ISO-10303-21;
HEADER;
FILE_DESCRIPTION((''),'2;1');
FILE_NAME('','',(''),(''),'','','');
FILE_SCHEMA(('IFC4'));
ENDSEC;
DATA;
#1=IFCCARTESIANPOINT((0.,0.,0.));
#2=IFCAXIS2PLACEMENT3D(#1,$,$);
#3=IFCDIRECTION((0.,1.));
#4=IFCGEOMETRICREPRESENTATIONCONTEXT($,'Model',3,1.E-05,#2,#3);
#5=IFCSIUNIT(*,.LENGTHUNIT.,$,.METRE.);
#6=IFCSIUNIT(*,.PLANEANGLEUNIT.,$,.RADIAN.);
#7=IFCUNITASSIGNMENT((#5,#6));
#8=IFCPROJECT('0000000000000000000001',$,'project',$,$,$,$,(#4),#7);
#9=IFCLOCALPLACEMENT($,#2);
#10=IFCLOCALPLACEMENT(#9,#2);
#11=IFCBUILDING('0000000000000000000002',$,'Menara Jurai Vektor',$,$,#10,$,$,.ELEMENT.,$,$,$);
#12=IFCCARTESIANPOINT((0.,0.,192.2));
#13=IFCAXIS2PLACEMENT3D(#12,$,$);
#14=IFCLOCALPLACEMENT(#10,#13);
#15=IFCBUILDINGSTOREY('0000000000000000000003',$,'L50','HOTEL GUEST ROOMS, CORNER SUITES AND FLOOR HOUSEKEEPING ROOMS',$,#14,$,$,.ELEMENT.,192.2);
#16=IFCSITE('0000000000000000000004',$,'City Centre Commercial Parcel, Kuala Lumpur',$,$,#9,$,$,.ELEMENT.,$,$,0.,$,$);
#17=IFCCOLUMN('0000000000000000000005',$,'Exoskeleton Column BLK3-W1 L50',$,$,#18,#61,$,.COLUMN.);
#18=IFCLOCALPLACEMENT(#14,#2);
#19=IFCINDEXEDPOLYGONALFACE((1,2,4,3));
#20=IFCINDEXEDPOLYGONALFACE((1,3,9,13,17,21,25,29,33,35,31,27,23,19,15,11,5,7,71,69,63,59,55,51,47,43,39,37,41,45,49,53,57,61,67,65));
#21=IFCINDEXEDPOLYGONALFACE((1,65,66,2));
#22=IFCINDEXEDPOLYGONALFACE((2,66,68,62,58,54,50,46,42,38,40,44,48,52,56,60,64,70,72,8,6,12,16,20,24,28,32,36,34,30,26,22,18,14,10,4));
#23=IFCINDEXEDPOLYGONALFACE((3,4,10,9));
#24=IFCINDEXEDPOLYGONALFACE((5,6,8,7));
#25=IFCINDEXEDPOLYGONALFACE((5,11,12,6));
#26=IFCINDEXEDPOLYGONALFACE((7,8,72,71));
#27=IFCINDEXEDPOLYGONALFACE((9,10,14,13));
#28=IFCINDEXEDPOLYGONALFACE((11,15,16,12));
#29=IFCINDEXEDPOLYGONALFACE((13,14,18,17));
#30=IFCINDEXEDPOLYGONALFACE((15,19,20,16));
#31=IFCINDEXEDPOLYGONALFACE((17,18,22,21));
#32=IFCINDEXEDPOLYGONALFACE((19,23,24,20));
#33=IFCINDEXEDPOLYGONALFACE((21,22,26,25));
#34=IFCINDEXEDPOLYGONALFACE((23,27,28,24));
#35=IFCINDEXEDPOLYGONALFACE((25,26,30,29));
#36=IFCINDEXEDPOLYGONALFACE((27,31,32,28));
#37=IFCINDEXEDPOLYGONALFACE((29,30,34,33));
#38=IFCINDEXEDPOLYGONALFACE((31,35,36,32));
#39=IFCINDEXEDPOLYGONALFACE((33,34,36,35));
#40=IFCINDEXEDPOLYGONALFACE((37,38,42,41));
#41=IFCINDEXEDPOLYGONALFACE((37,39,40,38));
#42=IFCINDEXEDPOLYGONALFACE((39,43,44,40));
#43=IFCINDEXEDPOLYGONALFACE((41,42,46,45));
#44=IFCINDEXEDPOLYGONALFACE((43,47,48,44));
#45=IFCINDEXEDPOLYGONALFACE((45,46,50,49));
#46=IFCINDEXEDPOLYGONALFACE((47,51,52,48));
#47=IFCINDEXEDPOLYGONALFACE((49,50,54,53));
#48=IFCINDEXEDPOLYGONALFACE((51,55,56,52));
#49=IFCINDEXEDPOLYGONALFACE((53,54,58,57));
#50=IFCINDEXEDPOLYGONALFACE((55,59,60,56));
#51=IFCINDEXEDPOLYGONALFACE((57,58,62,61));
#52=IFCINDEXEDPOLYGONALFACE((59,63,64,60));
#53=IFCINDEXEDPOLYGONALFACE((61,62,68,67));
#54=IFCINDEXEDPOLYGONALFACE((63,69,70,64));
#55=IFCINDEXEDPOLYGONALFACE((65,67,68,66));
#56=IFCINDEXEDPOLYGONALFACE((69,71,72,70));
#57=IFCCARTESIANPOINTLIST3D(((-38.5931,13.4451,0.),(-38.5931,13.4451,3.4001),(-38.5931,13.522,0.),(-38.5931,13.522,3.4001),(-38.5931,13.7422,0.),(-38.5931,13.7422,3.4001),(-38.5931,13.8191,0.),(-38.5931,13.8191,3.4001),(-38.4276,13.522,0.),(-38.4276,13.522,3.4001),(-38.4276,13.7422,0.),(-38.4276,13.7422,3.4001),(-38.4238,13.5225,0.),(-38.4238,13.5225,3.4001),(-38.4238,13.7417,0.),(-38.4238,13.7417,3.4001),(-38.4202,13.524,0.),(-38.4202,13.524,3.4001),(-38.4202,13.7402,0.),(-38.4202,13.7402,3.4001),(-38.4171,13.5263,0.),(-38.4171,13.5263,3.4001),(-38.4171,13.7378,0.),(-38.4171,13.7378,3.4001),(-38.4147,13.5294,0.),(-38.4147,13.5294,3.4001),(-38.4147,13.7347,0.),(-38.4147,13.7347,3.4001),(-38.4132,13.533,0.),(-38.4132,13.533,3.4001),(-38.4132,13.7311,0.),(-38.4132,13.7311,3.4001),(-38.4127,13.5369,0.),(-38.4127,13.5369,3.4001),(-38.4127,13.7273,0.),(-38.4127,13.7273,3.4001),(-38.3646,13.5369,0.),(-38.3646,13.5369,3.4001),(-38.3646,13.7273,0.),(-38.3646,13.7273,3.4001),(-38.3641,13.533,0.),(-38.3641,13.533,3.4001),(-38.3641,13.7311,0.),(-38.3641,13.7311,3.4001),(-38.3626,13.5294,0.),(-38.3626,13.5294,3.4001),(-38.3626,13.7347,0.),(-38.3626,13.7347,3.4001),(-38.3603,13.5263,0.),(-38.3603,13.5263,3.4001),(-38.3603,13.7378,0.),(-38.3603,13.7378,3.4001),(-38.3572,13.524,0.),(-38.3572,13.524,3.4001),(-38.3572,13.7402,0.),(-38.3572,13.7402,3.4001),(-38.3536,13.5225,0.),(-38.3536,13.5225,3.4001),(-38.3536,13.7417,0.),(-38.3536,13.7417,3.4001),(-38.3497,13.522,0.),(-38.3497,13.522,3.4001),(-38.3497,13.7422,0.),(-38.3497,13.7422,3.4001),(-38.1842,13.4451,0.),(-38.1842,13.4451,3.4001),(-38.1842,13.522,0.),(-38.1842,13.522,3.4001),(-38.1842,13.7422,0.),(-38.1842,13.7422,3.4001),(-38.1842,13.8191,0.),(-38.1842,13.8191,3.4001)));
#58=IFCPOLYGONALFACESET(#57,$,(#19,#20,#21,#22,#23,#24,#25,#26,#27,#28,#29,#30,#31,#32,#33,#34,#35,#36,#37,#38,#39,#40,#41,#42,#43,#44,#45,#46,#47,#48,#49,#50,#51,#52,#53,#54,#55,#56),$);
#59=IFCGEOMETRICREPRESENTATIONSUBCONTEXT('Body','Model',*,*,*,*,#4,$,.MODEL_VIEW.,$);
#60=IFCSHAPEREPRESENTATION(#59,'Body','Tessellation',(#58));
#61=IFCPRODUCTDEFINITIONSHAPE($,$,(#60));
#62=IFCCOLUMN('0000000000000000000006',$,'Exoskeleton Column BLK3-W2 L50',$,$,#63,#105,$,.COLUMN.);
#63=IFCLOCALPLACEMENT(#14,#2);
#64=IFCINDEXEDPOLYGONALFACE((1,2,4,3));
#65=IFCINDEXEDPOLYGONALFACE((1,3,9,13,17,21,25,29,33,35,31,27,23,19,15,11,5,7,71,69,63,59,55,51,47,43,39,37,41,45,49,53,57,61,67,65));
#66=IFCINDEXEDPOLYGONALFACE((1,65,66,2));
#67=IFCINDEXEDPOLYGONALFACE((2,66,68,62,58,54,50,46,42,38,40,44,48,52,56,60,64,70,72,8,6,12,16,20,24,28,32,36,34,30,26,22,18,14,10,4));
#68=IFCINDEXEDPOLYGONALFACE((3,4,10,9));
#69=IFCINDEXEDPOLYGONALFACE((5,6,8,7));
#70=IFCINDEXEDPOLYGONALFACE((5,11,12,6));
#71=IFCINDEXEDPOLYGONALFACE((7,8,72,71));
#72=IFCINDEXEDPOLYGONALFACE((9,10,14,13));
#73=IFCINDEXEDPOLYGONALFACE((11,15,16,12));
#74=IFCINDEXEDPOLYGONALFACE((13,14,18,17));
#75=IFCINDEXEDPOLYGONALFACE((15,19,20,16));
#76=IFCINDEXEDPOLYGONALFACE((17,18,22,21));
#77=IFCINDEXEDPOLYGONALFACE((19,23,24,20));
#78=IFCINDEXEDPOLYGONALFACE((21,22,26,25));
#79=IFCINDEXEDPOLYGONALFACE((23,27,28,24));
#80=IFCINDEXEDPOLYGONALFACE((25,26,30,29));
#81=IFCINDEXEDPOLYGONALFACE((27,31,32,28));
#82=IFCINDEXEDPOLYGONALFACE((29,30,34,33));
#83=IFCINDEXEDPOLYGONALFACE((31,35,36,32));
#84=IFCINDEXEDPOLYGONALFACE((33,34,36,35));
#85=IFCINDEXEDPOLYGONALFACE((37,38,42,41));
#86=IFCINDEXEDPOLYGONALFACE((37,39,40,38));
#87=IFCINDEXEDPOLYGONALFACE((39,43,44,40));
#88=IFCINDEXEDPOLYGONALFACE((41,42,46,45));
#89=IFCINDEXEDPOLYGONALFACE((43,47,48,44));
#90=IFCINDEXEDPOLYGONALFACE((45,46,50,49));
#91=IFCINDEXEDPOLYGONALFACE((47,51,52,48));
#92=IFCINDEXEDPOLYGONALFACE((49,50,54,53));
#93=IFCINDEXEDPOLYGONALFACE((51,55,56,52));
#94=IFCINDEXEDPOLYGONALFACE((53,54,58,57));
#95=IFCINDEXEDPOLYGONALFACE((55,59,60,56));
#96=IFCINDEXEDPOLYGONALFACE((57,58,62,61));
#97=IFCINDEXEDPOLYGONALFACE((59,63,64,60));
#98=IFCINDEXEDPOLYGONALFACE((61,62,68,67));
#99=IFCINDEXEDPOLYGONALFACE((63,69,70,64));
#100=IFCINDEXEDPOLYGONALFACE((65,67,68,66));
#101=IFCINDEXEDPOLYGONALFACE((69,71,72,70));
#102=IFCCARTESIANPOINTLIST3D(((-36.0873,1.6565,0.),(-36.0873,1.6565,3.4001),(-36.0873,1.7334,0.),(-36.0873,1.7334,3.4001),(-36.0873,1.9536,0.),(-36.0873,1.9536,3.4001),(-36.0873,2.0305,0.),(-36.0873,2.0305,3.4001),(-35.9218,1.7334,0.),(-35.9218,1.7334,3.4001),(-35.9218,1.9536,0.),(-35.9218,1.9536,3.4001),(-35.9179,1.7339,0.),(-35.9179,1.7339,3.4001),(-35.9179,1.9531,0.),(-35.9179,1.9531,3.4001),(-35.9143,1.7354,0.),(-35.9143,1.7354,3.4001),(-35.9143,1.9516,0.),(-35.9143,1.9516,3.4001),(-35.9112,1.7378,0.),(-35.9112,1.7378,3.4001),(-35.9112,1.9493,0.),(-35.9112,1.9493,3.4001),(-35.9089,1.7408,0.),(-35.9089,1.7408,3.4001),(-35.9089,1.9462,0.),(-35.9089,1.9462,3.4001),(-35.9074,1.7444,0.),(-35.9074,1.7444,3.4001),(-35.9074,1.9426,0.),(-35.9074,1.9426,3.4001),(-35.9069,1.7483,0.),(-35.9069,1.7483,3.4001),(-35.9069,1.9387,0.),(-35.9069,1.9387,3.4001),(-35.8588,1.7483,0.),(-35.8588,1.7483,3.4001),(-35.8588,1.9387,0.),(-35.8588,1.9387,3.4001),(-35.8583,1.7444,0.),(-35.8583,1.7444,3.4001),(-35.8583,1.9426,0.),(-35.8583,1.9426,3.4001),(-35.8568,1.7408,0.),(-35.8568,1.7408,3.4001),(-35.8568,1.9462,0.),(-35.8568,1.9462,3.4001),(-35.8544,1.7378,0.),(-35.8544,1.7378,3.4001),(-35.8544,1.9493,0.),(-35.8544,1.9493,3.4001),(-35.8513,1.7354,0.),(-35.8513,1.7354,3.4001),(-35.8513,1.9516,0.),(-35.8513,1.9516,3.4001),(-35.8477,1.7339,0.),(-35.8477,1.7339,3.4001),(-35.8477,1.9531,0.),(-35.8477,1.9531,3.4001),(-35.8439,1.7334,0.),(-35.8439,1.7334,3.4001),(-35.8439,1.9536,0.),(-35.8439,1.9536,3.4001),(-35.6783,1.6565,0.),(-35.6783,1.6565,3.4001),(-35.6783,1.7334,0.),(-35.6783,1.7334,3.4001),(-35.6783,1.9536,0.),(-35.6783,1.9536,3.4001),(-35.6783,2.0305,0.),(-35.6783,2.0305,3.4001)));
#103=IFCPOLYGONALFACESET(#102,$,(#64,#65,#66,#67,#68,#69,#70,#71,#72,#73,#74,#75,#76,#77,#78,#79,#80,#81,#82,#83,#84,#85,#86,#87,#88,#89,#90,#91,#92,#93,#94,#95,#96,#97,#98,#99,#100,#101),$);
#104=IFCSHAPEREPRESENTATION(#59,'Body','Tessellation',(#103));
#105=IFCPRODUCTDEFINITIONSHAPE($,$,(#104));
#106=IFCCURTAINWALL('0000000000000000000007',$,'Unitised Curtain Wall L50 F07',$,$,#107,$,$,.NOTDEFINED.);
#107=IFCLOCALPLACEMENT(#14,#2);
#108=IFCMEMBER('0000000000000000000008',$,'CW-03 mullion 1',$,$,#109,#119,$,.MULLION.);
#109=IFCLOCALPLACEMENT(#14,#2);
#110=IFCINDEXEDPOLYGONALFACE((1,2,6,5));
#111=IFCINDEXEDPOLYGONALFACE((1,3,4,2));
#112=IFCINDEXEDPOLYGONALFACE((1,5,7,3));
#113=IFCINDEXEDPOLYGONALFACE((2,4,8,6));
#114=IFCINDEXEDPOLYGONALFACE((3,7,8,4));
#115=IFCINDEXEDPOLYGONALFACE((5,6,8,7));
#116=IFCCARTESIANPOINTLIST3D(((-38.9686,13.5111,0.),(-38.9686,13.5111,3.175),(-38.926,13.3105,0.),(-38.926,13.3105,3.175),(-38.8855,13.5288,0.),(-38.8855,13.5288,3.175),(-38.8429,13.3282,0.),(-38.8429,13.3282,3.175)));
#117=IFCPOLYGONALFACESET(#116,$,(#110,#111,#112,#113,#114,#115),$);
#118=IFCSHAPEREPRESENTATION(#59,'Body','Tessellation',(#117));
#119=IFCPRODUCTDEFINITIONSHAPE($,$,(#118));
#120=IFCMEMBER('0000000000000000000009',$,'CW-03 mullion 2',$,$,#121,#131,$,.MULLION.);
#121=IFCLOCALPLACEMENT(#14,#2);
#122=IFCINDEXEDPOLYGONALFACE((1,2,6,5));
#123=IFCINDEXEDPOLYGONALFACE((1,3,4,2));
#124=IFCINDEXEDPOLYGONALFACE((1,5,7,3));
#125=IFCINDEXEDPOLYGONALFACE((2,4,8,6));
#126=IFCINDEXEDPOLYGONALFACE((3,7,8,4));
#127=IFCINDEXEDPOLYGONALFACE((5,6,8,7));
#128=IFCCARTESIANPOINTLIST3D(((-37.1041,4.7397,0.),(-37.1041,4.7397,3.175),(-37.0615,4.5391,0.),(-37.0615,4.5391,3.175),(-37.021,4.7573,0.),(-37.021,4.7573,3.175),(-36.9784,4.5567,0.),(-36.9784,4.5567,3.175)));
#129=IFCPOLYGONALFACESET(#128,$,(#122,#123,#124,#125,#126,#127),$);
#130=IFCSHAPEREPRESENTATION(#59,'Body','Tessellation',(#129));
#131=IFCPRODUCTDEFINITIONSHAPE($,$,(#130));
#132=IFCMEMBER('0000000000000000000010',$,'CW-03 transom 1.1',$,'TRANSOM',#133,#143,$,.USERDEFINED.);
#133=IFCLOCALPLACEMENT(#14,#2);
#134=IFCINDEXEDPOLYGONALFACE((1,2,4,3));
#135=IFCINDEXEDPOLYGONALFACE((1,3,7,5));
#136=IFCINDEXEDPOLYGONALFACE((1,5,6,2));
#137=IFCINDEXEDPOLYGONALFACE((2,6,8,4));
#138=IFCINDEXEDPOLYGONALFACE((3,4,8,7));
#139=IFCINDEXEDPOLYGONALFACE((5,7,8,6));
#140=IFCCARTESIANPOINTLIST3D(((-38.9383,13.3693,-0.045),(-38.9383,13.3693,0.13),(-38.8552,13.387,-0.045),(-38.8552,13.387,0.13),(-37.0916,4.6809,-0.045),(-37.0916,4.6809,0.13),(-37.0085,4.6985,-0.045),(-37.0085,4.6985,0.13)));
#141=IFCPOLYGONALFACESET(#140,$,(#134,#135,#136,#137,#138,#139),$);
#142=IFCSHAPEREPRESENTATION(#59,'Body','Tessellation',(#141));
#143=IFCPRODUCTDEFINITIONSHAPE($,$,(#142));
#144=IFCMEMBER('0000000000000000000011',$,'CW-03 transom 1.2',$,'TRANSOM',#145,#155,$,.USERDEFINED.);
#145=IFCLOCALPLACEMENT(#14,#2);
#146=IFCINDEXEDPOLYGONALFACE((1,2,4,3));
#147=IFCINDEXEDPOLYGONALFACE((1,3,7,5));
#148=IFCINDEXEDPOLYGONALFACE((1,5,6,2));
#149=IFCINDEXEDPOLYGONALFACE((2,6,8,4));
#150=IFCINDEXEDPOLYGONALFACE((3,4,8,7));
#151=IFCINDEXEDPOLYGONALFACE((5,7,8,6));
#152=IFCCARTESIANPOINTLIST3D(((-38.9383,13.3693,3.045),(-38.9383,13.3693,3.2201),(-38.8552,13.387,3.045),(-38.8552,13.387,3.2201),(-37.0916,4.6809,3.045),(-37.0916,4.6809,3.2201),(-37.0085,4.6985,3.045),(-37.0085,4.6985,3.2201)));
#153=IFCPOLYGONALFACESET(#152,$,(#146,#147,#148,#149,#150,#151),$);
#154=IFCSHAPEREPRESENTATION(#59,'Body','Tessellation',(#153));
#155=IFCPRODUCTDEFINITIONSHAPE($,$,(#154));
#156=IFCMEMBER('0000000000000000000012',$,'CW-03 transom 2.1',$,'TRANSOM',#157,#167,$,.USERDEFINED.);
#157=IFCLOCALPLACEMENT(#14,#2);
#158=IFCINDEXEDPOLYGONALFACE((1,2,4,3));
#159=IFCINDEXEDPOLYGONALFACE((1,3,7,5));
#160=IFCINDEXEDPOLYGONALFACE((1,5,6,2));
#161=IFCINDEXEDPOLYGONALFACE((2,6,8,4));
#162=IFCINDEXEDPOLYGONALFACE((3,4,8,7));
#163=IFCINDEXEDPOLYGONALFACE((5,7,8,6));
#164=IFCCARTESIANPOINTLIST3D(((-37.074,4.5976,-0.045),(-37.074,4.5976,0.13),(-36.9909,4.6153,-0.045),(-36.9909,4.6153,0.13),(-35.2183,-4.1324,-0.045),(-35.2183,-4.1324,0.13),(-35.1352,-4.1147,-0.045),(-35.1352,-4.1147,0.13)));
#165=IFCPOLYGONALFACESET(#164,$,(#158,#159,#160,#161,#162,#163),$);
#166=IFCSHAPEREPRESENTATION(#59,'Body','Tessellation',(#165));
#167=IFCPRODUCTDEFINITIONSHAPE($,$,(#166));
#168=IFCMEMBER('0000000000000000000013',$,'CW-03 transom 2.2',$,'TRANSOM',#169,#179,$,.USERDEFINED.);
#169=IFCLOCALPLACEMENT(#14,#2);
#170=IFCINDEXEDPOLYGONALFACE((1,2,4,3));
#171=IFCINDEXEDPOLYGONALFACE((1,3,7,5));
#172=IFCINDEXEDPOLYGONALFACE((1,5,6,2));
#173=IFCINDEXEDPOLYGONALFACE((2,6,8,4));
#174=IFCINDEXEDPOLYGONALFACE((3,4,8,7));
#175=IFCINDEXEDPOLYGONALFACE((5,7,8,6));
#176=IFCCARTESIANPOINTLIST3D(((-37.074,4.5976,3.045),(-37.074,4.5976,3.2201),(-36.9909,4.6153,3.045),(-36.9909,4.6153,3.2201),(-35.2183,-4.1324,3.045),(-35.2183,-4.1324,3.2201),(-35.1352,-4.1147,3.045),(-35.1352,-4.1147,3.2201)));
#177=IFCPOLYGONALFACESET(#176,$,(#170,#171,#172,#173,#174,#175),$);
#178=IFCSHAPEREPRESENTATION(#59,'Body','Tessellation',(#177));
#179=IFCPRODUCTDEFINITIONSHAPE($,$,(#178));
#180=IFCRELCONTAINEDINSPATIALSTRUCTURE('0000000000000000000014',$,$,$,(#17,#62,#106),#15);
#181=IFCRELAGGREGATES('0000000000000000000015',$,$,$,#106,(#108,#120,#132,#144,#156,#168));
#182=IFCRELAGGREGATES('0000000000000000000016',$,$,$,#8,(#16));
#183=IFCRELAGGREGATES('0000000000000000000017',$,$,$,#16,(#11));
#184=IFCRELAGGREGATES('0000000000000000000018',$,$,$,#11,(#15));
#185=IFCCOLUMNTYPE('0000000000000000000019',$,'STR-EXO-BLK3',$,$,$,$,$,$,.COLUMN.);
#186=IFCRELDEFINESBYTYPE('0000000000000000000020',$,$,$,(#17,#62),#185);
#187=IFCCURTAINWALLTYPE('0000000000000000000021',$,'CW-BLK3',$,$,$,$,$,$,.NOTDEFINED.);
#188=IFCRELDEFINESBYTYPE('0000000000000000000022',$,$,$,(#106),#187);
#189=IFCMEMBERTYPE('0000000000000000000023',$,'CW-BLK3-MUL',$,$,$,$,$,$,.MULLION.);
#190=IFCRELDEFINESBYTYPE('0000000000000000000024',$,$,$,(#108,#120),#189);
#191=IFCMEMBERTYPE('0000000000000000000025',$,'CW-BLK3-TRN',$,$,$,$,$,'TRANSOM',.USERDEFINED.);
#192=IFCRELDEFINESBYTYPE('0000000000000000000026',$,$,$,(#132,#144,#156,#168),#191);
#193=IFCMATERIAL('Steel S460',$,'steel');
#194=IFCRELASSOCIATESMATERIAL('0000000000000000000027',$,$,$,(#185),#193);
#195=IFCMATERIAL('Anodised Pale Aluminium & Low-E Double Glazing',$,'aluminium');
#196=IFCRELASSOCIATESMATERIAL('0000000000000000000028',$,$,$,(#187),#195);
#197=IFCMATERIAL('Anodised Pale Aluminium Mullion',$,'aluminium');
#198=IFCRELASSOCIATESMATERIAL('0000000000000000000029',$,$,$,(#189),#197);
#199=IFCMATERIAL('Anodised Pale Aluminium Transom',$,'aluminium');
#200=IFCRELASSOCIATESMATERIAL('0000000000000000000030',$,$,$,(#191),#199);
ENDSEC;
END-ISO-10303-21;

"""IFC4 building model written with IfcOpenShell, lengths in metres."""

from ifc_helpers import new_model, si_unit, direction, frame, origin, origin_2d, place, context, subcontext, project, spatial, rectangle, i_section, extrude, material, material_profile, profile_set, type_object, element, aggregate, save


model = new_model("IFC4")

# Units and contexts
model_context = context("Model", 3, precision=1e-05, world=origin(), true_north=direction((0.0, 1.0)))
body_context = subcontext(model_context, "Body", "Model", "MODEL_VIEW")
ifc_project = project(units=[si_unit("LENGTHUNIT", "METRE"), si_unit("PLANEANGLEUNIT", "RADIAN")], contexts=[model_context])

# Site, building, storey
site_placement = place(None, origin())
site = spatial("IfcSite", under=ifc_project, at=site_placement, Name="City Centre Commercial Parcel, Kuala Lumpur", CompositionType="ELEMENT", RefElevation=0.0)
building_placement = place(site_placement, origin())
building = spatial("IfcBuilding", under=site, at=building_placement, Name="Menara Jurai Vektor", CompositionType="ELEMENT")
storey_placement = place(building_placement, frame((0.0, 0.0, 192.2)))
storey = spatial("IfcBuildingStorey", under=building, at=storey_placement, Name="L50", Description="HOTEL GUEST ROOMS, CORNER SUITES AND FLOOR HOUSEKEEPING ROOMS", CompositionType="ELEMENT", Elevation=192.2)

# Columns
ifc_material_1 = material(Name="Steel S460", Category="steel")
ifc_material_profile_1 = material_profile(ifc_material_1, i_section(OverallWidth=0.4089, OverallDepth=0.374, WebThickness=0.0481, FlangeThickness=0.0769, FilletRadius=0.0149, at=origin_2d()), Name="HD 400x634")
ifc_profile_set_1 = profile_set([ifc_material_profile_1], Name="Steel S460")
column_type = type_object("IfcColumnType", Name="STR-EXO-BLK3", PredefinedType="COLUMN", material=ifc_profile_set_1)
for number, where, z_axis, x_axis, name in (
    (1, (-38.3887, 13.6321, 0.0), (0.0, 0.0, 1.0), (1.0, 0.0, 0.0), "Exoskeleton Column BLK3-W1 L50"),
    (2, (-35.8828, 1.8435, 0.0), (0.0, 0.0, 1.0), (1.0, 0.0, 0.0), "Exoskeleton Column BLK3-W2 L50"),
):
    element("IfcColumn", number, at=place(storey_placement, frame(where, z_axis=z_axis, x_axis=x_axis)), inside=storey, type_object=column_type, Name=name, PredefinedType="COLUMN", context=body_context, shape_type="SweptSolid", body=[
        extrude(i_section(OverallWidth=0.4089, OverallDepth=0.374, WebThickness=0.0481, FlangeThickness=0.0769, FilletRadius=0.0149, at=origin_2d()), origin(), (0.0, 0.0, 1.0), 3.4001),
    ])

# Curtain wall, members
ifc_material_2 = material(Name="Anodised Pale Aluminium & Low-E Double Glazing", Category="aluminium")
curtain_wall_type = type_object("IfcCurtainWallType", Name="CW-BLK3", PredefinedType="NOTDEFINED", material=ifc_material_2)
curtain_wall_placement = place(storey_placement, origin())
curtain_wall = element("IfcCurtainWall", 3, at=curtain_wall_placement, inside=storey, type_object=curtain_wall_type, Name="Unitised Curtain Wall L50 F07", PredefinedType="NOTDEFINED")
ifc_material_3 = material(Name="Anodised Pale Aluminium Mullion", Category="aluminium")
ifc_material_profile_2 = material_profile(ifc_material_3, rectangle(XDim=0.085, YDim=0.2051, at=origin_2d()), Name="ALU MUL 85x205")
ifc_profile_set_2 = profile_set([ifc_material_profile_2], Name="Anodised Pale Aluminium Mullion")
member_type_1 = type_object("IfcMemberType", Name="CW-BLK3-MUL", PredefinedType="MULLION", material=ifc_profile_set_2)
member_1_placement = place(storey_placement, frame((-38.9058, 13.4197, 0.0), z_axis=(0.0, 0.0, 1.0), x_axis=(0.978148, 0.20791, 0.0)))
member_1 = element("IfcMember", 4, at=member_1_placement, type_object=member_type_1, Name="CW-03 mullion 1", PredefinedType="MULLION", context=body_context, shape_type="SweptSolid", body=[
    extrude(rectangle(XDim=0.085, YDim=0.2051, at=origin_2d()), origin(), (0.0, 0.0, 1.0), 3.175),
])
member_2_placement = place(storey_placement, frame((-37.0413, 4.6482, 0.0), z_axis=(0.0, 0.0, 1.0), x_axis=(0.978148, 0.20791, 0.0)))
member_2 = element("IfcMember", 5, at=member_2_placement, type_object=member_type_1, Name="CW-03 mullion 2", PredefinedType="MULLION", context=body_context, shape_type="SweptSolid", body=[
    extrude(rectangle(XDim=0.085, YDim=0.2051, at=origin_2d()), origin(), (0.0, 0.0, 1.0), 3.175),
])
ifc_material_4 = material(Name="Anodised Pale Aluminium Transom", Category="aluminium")
ifc_material_profile_3 = material_profile(ifc_material_4, rectangle(XDim=0.085, YDim=0.175, at=origin_2d()), Name="ALU TRN 85x175")
ifc_profile_set_3 = profile_set([ifc_material_profile_3], Name="Anodised Pale Aluminium Transom")
member_type_2 = type_object("IfcMemberType", Name="CW-BLK3-TRN", ElementType="TRANSOM", PredefinedType="USERDEFINED", material=ifc_profile_set_3)
member_3_placement = place(storey_placement, frame((-38.8967, 13.3782, 0.0425), z_axis=(0.2079, -0.97815, 0.0), x_axis=(0.97815, 0.2079, 0.0)))
member_3 = element("IfcMember", 6, at=member_3_placement, type_object=member_type_2, Name="CW-03 transom 1.1", ObjectType="TRANSOM", PredefinedType="USERDEFINED", context=body_context, shape_type="SweptSolid", body=[
    extrude(rectangle(XDim=0.085, YDim=0.175, at=origin_2d()), origin(), (0.0, 0.0, 1.0), 8.8826),
])
member_4_placement = place(storey_placement, frame((-38.8967, 13.3782, 3.1326), z_axis=(0.2079, -0.97815, 0.0), x_axis=(0.97815, 0.2079, 0.0)))
member_4 = element("IfcMember", 7, at=member_4_placement, type_object=member_type_2, Name="CW-03 transom 1.2", ObjectType="TRANSOM", PredefinedType="USERDEFINED", context=body_context, shape_type="SweptSolid", body=[
    extrude(rectangle(XDim=0.085, YDim=0.175, at=origin_2d()), origin(), (0.0, 0.0, 1.0), 8.8826),
])
member_5_placement = place(storey_placement, frame((-37.0325, 4.6064, 0.0425), z_axis=(0.207922, -0.978145, 0.0), x_axis=(0.978145, 0.207922, 0.0)))
member_5 = element("IfcMember", 8, at=member_5_placement, type_object=member_type_2, Name="CW-03 transom 2.1", ObjectType="TRANSOM", PredefinedType="USERDEFINED", context=body_context, shape_type="SweptSolid", body=[
    extrude(rectangle(XDim=0.085, YDim=0.175, at=origin_2d()), origin(), (0.0, 0.0, 1.0), 8.925),
])
member_6_placement = place(storey_placement, frame((-37.0325, 4.6064, 3.1326), z_axis=(0.207922, -0.978145, 0.0), x_axis=(0.978145, 0.207922, 0.0)))
member_6 = element("IfcMember", 9, at=member_6_placement, type_object=member_type_2, Name="CW-03 transom 2.2", ObjectType="TRANSOM", PredefinedType="USERDEFINED", context=body_context, shape_type="SweptSolid", body=[
    extrude(rectangle(XDim=0.085, YDim=0.175, at=origin_2d()), origin(), (0.0, 0.0, 1.0), 8.925),
])

aggregate(curtain_wall, [member_1, member_2, member_3, member_4, member_5, member_6])

save(model, "model.ifc")
